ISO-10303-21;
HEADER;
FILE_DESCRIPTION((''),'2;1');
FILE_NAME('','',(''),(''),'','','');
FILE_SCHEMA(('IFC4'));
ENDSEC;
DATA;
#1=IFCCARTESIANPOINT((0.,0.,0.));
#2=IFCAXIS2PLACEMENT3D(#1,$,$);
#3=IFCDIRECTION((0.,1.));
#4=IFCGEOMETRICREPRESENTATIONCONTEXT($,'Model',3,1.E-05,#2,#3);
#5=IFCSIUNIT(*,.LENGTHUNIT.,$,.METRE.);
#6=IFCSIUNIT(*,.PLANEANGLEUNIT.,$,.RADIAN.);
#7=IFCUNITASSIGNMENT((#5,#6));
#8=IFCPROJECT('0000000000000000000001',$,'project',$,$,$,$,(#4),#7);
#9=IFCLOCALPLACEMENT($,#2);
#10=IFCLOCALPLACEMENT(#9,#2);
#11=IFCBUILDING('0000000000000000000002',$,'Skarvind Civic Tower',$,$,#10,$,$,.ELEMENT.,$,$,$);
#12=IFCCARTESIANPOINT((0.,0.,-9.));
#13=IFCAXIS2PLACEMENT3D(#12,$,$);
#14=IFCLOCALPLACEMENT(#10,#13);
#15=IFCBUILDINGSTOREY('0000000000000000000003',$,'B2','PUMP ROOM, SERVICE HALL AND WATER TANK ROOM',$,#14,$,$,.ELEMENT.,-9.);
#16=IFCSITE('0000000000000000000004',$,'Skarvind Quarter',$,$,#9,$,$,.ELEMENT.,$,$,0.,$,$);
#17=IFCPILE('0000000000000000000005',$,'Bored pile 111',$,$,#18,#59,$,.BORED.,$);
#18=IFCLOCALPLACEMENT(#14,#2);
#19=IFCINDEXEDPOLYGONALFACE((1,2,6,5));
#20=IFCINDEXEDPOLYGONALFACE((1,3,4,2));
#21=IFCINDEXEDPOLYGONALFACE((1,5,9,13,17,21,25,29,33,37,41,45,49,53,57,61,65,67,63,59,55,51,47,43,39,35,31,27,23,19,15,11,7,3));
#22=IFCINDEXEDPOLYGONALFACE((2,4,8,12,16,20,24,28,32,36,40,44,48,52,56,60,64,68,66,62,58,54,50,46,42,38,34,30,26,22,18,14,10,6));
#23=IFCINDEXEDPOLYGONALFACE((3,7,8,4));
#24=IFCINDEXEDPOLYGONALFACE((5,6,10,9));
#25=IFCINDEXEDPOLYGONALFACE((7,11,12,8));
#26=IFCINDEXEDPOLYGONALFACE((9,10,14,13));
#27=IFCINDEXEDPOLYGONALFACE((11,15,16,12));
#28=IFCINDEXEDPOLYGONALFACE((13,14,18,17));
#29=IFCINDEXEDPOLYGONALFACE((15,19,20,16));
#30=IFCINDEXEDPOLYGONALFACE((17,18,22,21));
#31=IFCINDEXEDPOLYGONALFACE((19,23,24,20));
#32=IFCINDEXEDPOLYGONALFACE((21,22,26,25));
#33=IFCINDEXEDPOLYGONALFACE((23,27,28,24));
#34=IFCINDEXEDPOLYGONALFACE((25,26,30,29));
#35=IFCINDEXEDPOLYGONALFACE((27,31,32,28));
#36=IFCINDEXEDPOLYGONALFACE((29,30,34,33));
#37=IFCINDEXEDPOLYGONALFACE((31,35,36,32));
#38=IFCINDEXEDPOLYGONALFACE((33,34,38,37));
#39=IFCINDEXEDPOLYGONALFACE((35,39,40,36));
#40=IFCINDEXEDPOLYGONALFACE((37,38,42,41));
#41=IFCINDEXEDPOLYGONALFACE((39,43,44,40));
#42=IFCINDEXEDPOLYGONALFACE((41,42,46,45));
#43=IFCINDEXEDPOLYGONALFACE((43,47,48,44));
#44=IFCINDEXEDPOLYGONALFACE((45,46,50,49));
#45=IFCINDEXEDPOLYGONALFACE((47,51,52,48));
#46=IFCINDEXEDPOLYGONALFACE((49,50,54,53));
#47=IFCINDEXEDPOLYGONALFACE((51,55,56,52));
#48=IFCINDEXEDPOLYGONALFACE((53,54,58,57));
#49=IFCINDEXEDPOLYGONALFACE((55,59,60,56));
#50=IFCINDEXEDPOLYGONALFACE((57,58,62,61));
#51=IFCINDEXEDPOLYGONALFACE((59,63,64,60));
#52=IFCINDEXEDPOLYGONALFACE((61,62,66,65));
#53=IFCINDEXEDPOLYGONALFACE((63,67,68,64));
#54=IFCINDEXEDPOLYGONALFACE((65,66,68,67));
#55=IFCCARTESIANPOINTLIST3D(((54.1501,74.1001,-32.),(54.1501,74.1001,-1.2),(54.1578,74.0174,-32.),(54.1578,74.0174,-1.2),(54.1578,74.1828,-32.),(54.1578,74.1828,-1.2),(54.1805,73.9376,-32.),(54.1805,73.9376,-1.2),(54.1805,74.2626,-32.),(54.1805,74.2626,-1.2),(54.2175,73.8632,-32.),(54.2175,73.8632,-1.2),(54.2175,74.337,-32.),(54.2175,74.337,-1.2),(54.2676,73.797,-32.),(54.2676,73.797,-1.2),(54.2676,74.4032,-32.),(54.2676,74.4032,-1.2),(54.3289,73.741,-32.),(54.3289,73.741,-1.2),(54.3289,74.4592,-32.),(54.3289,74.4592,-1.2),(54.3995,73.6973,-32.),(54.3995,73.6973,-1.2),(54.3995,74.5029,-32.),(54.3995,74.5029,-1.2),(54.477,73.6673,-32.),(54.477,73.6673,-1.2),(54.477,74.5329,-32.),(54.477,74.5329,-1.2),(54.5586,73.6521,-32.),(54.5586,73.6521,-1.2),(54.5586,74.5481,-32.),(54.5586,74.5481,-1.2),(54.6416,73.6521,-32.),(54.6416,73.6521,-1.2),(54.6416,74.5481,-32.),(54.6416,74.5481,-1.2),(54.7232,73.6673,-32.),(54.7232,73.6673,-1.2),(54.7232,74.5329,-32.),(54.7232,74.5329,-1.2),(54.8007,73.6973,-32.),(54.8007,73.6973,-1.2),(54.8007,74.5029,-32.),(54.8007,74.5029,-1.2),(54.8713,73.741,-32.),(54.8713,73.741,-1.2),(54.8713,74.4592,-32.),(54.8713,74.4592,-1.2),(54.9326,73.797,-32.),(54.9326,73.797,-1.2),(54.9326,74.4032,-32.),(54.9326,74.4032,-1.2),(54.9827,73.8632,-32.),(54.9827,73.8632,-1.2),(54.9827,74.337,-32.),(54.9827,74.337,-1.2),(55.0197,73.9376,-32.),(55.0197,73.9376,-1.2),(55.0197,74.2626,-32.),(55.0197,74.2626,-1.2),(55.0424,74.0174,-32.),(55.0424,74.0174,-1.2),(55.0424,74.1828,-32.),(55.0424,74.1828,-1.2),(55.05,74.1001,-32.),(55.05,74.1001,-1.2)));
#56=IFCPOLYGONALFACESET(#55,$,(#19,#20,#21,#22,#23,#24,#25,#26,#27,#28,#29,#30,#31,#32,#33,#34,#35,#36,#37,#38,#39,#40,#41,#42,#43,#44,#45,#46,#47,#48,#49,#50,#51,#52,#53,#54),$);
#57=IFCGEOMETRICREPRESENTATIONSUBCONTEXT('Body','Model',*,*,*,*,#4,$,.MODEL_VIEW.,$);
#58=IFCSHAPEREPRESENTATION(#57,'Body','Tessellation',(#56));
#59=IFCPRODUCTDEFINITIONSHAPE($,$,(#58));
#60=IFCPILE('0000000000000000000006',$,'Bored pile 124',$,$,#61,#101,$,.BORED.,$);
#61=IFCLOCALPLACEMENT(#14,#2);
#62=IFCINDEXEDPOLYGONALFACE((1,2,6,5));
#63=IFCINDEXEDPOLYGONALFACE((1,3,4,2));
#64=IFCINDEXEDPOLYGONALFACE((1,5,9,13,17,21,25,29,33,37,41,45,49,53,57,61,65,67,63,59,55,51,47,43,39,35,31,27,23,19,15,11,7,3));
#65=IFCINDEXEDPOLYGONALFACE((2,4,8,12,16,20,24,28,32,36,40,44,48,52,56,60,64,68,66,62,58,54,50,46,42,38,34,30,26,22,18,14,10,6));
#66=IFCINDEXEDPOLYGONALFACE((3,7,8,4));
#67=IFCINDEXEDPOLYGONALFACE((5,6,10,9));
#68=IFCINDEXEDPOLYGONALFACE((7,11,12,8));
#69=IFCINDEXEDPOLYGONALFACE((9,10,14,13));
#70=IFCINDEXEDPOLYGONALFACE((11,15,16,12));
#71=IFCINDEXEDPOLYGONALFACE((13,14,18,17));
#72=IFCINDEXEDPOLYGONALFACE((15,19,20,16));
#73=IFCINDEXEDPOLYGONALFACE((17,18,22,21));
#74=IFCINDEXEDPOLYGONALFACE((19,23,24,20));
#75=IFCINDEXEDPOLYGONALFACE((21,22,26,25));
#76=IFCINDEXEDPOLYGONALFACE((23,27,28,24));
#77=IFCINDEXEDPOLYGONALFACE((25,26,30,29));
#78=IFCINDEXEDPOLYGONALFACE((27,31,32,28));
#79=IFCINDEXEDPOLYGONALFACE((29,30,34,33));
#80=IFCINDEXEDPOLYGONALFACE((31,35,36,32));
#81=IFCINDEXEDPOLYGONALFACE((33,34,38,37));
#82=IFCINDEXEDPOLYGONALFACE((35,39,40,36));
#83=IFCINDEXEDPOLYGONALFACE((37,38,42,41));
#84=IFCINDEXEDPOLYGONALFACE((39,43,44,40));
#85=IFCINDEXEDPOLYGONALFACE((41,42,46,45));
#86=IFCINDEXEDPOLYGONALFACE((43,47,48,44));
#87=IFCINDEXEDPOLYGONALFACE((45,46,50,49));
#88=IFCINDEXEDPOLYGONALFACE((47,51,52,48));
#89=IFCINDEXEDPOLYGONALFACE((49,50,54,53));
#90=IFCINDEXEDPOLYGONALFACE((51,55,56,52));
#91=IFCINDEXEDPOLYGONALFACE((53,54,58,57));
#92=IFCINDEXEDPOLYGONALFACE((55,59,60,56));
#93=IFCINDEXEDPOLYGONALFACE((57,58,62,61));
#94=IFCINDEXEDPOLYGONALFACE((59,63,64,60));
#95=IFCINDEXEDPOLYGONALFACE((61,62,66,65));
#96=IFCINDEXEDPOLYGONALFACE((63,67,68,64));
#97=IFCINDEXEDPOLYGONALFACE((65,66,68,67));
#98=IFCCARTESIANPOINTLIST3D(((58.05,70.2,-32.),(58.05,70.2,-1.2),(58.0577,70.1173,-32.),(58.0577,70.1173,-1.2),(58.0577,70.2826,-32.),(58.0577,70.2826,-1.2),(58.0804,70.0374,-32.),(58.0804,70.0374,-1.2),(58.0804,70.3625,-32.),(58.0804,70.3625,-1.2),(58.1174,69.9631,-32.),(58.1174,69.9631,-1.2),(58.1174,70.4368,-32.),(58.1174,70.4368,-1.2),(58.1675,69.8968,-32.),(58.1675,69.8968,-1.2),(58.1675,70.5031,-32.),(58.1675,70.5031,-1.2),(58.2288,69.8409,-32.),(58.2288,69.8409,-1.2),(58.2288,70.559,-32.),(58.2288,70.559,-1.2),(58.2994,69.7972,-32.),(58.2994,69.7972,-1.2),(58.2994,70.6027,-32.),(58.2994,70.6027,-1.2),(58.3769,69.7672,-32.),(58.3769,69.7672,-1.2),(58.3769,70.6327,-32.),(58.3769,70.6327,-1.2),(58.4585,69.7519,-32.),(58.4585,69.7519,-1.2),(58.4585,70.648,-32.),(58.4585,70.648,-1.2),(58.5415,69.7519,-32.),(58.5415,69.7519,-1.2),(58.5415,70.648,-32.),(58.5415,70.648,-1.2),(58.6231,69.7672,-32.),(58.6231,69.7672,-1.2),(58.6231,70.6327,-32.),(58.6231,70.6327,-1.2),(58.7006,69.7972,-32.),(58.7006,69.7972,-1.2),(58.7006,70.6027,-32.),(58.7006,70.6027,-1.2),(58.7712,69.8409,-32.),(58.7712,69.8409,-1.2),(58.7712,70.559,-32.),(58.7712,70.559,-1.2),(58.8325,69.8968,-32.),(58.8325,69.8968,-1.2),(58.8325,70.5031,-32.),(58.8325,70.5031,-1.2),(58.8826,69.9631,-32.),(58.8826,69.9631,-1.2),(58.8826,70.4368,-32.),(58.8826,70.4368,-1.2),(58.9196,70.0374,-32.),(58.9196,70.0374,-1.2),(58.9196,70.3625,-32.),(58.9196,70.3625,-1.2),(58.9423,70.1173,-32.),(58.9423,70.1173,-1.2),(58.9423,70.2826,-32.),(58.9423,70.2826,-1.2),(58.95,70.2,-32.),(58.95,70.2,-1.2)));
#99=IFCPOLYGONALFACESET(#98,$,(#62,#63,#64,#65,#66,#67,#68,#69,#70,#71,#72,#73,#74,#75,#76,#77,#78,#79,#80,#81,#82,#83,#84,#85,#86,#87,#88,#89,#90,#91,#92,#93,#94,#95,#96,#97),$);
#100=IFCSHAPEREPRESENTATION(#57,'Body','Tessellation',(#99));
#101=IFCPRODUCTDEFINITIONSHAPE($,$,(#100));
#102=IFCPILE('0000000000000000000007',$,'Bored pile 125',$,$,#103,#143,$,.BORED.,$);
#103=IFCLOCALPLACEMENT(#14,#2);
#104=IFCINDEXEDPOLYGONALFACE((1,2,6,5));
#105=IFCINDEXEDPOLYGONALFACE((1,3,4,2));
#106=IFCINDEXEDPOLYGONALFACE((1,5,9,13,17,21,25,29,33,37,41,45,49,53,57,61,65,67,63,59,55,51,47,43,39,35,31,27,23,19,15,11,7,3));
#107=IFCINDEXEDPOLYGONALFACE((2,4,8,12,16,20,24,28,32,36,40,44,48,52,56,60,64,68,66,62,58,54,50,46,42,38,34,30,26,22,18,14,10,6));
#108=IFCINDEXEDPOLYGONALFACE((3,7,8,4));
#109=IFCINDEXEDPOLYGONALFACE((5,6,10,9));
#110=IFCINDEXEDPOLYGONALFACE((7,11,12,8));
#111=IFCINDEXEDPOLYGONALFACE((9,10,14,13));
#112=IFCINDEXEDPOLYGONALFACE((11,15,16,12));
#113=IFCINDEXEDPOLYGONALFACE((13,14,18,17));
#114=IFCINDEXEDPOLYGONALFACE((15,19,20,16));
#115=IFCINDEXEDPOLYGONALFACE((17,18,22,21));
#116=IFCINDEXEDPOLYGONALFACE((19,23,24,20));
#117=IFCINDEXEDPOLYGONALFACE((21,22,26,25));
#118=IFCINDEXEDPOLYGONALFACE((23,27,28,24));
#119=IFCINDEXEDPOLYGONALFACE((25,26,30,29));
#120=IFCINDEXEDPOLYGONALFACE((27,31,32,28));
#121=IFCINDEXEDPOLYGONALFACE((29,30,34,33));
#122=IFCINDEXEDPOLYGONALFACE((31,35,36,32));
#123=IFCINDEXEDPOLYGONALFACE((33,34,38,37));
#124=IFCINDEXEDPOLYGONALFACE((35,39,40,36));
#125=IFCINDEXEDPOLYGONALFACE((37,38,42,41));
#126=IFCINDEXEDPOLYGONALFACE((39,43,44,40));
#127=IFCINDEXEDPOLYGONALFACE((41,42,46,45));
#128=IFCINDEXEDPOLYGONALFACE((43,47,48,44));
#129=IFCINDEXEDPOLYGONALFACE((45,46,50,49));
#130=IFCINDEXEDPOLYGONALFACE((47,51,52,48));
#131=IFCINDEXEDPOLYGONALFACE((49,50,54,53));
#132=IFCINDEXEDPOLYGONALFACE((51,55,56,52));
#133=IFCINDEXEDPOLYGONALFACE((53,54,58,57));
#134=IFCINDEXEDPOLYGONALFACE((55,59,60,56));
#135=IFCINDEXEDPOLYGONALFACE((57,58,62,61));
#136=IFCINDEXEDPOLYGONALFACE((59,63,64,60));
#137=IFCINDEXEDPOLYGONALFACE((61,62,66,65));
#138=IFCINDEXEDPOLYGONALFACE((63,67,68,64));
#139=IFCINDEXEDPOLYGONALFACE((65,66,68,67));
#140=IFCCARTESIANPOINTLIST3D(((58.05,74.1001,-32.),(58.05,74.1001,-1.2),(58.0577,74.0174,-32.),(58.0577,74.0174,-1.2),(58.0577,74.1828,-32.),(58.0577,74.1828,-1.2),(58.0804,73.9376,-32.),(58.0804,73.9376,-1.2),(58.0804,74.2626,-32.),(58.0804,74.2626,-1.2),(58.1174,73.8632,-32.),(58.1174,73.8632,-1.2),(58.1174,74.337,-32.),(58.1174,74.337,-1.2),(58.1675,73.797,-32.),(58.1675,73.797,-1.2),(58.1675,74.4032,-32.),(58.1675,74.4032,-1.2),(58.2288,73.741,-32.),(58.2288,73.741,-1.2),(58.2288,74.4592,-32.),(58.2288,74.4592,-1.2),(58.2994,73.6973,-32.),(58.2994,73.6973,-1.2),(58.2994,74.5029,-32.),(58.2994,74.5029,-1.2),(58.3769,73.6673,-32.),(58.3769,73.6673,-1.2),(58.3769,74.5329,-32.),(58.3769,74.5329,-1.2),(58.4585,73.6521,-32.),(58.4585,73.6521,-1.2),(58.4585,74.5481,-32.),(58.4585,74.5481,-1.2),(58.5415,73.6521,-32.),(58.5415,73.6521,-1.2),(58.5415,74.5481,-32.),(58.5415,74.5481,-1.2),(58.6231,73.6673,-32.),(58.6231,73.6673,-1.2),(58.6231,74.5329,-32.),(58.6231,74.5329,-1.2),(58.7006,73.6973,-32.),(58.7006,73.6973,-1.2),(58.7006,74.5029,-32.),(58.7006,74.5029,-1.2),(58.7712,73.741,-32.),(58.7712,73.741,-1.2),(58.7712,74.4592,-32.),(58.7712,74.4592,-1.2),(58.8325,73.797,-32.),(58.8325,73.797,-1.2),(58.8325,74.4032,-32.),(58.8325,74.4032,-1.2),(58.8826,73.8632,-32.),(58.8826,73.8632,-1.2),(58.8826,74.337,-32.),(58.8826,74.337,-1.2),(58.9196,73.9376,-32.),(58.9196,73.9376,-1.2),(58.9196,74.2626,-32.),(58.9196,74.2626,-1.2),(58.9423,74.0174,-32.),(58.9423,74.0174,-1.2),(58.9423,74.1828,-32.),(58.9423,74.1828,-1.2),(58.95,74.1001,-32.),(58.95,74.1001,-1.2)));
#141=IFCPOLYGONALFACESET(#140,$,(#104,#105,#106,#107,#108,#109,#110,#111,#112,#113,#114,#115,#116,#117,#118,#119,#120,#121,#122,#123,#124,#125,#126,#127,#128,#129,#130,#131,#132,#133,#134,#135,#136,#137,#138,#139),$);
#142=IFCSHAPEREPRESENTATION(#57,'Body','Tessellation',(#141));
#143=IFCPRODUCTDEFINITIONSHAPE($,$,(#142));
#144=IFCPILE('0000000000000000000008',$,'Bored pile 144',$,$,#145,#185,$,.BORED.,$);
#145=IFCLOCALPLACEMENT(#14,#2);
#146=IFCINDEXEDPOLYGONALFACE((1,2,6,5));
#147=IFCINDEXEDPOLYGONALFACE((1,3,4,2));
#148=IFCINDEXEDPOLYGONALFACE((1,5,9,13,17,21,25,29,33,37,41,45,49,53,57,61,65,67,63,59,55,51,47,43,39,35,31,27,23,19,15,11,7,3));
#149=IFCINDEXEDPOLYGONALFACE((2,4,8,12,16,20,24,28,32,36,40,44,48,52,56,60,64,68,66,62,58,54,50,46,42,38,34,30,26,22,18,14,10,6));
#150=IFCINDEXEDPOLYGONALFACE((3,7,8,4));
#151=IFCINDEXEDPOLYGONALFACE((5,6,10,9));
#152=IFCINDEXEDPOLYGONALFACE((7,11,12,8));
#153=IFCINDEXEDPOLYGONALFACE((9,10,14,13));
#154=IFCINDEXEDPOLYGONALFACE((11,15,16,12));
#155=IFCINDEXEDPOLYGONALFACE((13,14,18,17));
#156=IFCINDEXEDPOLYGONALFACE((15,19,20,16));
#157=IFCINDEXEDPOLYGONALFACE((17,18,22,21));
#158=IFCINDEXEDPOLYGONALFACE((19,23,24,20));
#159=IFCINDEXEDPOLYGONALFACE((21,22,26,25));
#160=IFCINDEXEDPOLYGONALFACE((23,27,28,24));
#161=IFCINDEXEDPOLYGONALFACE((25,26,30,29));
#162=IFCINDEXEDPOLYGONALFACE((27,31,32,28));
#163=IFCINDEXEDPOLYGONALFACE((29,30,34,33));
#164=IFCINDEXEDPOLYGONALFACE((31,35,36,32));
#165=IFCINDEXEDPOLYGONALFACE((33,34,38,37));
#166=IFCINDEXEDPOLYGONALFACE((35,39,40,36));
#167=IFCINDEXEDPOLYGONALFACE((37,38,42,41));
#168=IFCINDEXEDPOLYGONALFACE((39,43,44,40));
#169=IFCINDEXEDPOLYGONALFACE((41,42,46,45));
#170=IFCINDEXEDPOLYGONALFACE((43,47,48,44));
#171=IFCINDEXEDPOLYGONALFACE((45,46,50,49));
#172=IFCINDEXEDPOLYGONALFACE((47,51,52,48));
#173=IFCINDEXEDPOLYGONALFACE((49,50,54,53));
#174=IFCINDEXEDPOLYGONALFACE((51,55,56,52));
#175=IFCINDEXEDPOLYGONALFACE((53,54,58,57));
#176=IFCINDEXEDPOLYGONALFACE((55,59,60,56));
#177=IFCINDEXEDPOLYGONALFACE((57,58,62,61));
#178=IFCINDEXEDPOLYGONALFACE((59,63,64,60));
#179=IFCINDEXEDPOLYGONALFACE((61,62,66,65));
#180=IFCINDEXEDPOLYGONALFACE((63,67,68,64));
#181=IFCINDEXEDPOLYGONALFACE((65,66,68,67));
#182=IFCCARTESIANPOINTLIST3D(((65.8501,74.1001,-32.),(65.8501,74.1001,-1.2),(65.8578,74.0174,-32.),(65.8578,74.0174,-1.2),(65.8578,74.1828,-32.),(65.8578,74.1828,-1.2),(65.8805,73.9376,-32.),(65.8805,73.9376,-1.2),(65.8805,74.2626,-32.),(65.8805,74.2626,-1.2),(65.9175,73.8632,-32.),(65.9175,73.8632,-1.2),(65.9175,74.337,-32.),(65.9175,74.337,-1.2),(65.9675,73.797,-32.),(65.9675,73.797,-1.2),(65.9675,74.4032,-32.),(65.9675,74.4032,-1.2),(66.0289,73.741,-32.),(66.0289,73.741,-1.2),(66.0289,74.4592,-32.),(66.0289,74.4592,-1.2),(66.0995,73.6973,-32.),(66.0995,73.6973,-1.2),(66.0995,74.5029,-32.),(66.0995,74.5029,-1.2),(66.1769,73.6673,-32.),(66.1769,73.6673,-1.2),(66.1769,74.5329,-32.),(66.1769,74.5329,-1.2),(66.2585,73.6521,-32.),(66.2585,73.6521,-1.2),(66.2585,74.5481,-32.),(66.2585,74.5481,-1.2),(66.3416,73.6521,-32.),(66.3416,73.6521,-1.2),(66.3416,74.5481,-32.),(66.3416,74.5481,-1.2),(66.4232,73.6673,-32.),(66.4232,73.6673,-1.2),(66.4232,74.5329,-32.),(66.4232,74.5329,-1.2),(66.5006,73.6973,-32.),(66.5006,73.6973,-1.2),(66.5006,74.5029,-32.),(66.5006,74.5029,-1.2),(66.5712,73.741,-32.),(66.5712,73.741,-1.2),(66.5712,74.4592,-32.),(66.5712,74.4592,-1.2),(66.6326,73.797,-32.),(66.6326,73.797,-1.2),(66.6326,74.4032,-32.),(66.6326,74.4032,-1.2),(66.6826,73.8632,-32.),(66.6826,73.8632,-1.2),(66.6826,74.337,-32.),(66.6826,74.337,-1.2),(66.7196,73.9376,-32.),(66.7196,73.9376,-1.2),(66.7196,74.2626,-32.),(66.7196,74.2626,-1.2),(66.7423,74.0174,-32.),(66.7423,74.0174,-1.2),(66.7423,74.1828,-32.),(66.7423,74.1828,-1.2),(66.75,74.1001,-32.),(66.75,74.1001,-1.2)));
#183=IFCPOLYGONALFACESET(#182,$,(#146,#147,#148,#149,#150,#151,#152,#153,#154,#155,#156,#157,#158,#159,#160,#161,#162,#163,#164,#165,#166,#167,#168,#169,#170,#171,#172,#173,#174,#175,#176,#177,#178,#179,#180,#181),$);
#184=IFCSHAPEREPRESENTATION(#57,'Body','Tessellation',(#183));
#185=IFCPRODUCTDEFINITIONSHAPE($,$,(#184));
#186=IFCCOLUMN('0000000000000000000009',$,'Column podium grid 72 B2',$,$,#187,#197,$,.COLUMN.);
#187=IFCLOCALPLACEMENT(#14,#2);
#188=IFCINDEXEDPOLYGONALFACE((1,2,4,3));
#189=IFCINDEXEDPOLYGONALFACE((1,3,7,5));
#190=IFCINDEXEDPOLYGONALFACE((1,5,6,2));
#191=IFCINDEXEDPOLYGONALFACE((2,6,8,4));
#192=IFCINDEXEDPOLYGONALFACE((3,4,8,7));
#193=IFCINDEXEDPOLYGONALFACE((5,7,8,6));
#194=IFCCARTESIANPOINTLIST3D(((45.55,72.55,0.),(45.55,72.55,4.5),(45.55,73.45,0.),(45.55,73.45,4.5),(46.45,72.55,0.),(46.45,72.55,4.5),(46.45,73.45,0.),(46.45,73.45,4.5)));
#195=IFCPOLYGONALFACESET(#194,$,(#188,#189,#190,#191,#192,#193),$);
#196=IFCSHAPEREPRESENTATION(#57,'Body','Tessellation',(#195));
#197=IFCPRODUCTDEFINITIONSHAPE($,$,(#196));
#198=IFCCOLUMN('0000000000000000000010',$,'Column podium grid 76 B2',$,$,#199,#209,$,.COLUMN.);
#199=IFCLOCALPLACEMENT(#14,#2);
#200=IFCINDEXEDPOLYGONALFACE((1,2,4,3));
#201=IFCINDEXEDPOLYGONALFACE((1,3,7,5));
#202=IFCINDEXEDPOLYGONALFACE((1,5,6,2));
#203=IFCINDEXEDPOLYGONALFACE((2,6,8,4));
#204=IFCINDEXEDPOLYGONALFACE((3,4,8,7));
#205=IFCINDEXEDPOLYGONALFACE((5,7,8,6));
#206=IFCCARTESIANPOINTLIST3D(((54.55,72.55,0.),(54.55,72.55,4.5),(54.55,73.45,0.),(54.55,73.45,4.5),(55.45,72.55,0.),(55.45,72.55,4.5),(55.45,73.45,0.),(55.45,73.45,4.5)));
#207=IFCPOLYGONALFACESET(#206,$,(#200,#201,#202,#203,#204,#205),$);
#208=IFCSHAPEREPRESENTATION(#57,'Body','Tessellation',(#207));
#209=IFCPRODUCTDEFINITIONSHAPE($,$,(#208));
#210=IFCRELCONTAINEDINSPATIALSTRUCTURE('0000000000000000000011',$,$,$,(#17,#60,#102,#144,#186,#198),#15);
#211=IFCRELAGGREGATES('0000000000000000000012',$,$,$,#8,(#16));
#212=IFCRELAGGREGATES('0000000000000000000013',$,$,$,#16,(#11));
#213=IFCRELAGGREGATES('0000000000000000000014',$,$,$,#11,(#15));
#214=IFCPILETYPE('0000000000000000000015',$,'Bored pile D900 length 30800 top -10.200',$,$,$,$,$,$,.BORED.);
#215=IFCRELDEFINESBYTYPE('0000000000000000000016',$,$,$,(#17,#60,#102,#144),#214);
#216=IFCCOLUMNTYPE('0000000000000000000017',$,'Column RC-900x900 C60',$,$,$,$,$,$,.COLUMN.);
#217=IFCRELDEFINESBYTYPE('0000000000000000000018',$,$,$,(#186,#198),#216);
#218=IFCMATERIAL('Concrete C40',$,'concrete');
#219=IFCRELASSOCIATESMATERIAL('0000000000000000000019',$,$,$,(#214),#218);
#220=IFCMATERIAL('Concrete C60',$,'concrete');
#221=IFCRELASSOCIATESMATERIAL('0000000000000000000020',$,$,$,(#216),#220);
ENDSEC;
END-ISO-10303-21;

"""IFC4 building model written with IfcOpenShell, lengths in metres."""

from ifc_helpers import new_model, si_unit, direction, frame, origin, origin_2d, place, context, subcontext, project, spatial, rectangle, circle, extrude, material, material_profile, profile_set, type_object, element, save


model = new_model("IFC4")

# Units and contexts
model_context = context("Model", 3, precision=1e-05, world=origin(), true_north=direction((0.0, 1.0)))
body_context = subcontext(model_context, "Body", "Model", "MODEL_VIEW")
ifc_project = project(units=[si_unit("LENGTHUNIT", "METRE"), si_unit("PLANEANGLEUNIT", "RADIAN")], contexts=[model_context])

# Site, building, storey
site_placement = place(None, origin())
site = spatial("IfcSite", under=ifc_project, at=site_placement, Name="Skarvind Quarter", CompositionType="ELEMENT", RefElevation=0.0)
building_placement = place(site_placement, origin())
building = spatial("IfcBuilding", under=site, at=building_placement, Name="Skarvind Civic Tower", CompositionType="ELEMENT")
storey_placement = place(building_placement, frame((0.0, 0.0, -9.0)))
storey = spatial("IfcBuildingStorey", under=building, at=storey_placement, Name="B2", Description="PUMP ROOM, SERVICE HALL AND WATER TANK ROOM", CompositionType="ELEMENT", Elevation=-9.0)

# Piles
ifc_material_1 = material(Name="Concrete C40", Category="concrete")
pile_type = type_object("IfcPileType", Name="Bored pile D900 length 30800 top -10.200", PredefinedType="BORED", material=ifc_material_1)
for number, where, z_axis, x_axis, name in (
    (1, (54.6001, 74.1001, -1.2), (0.0, 0.0, -1.0), (1.0, 0.0, 0.0), "Bored pile 111"),
    (2, (58.5, 70.2, -1.2), (0.0, 0.0, -1.0), (1.0, 0.0, 0.0), "Bored pile 124"),
    (3, (58.5, 74.1001, -1.2), (0.0, 0.0, -1.0), (1.0, 0.0, 0.0), "Bored pile 125"),
    (4, (66.3, 74.1001, -1.2), (0.0, 0.0, -1.0), (1.0, 0.0, 0.0), "Bored pile 144"),
):
    element("IfcPile", number, at=place(storey_placement, frame(where, z_axis=z_axis, x_axis=x_axis)), inside=storey, type_object=pile_type, Name=name, PredefinedType="BORED", context=body_context, shape_type="SweptSolid", body=[
        extrude(circle(Radius=0.45, at=origin_2d()), origin(), (0.0, 0.0, 1.0), 30.8),
    ])

# Columns
ifc_material_2 = material(Name="Concrete C60", Category="concrete")
ifc_material_profile = material_profile(ifc_material_2, rectangle(XDim=0.8999, YDim=0.8999, at=origin_2d()), Name="RC-900x900")
ifc_profile_set = profile_set([ifc_material_profile], Name="Concrete C60")
column_type = type_object("IfcColumnType", Name="Column RC-900x900 C60", PredefinedType="COLUMN", material=ifc_profile_set)
for number, where, z_axis, x_axis, name in (
    (5, (46.0, 73.0, 0.0), (0.0, 0.0, 1.0), (1.0, 0.0, 0.0), "Column podium grid 72 B2"),
    (6, (55.0, 73.0, 0.0), (0.0, 0.0, 1.0), (1.0, 0.0, 0.0), "Column podium grid 76 B2"),
):
    element("IfcColumn", number, at=place(storey_placement, frame(where, z_axis=z_axis, x_axis=x_axis)), inside=storey, type_object=column_type, Name=name, PredefinedType="COLUMN", context=body_context, shape_type="SweptSolid", body=[
        extrude(rectangle(XDim=0.8999, YDim=0.8999, at=origin_2d()), origin(), (0.0, 0.0, 1.0), 4.5),
    ])

save(model, "model.ifc")
